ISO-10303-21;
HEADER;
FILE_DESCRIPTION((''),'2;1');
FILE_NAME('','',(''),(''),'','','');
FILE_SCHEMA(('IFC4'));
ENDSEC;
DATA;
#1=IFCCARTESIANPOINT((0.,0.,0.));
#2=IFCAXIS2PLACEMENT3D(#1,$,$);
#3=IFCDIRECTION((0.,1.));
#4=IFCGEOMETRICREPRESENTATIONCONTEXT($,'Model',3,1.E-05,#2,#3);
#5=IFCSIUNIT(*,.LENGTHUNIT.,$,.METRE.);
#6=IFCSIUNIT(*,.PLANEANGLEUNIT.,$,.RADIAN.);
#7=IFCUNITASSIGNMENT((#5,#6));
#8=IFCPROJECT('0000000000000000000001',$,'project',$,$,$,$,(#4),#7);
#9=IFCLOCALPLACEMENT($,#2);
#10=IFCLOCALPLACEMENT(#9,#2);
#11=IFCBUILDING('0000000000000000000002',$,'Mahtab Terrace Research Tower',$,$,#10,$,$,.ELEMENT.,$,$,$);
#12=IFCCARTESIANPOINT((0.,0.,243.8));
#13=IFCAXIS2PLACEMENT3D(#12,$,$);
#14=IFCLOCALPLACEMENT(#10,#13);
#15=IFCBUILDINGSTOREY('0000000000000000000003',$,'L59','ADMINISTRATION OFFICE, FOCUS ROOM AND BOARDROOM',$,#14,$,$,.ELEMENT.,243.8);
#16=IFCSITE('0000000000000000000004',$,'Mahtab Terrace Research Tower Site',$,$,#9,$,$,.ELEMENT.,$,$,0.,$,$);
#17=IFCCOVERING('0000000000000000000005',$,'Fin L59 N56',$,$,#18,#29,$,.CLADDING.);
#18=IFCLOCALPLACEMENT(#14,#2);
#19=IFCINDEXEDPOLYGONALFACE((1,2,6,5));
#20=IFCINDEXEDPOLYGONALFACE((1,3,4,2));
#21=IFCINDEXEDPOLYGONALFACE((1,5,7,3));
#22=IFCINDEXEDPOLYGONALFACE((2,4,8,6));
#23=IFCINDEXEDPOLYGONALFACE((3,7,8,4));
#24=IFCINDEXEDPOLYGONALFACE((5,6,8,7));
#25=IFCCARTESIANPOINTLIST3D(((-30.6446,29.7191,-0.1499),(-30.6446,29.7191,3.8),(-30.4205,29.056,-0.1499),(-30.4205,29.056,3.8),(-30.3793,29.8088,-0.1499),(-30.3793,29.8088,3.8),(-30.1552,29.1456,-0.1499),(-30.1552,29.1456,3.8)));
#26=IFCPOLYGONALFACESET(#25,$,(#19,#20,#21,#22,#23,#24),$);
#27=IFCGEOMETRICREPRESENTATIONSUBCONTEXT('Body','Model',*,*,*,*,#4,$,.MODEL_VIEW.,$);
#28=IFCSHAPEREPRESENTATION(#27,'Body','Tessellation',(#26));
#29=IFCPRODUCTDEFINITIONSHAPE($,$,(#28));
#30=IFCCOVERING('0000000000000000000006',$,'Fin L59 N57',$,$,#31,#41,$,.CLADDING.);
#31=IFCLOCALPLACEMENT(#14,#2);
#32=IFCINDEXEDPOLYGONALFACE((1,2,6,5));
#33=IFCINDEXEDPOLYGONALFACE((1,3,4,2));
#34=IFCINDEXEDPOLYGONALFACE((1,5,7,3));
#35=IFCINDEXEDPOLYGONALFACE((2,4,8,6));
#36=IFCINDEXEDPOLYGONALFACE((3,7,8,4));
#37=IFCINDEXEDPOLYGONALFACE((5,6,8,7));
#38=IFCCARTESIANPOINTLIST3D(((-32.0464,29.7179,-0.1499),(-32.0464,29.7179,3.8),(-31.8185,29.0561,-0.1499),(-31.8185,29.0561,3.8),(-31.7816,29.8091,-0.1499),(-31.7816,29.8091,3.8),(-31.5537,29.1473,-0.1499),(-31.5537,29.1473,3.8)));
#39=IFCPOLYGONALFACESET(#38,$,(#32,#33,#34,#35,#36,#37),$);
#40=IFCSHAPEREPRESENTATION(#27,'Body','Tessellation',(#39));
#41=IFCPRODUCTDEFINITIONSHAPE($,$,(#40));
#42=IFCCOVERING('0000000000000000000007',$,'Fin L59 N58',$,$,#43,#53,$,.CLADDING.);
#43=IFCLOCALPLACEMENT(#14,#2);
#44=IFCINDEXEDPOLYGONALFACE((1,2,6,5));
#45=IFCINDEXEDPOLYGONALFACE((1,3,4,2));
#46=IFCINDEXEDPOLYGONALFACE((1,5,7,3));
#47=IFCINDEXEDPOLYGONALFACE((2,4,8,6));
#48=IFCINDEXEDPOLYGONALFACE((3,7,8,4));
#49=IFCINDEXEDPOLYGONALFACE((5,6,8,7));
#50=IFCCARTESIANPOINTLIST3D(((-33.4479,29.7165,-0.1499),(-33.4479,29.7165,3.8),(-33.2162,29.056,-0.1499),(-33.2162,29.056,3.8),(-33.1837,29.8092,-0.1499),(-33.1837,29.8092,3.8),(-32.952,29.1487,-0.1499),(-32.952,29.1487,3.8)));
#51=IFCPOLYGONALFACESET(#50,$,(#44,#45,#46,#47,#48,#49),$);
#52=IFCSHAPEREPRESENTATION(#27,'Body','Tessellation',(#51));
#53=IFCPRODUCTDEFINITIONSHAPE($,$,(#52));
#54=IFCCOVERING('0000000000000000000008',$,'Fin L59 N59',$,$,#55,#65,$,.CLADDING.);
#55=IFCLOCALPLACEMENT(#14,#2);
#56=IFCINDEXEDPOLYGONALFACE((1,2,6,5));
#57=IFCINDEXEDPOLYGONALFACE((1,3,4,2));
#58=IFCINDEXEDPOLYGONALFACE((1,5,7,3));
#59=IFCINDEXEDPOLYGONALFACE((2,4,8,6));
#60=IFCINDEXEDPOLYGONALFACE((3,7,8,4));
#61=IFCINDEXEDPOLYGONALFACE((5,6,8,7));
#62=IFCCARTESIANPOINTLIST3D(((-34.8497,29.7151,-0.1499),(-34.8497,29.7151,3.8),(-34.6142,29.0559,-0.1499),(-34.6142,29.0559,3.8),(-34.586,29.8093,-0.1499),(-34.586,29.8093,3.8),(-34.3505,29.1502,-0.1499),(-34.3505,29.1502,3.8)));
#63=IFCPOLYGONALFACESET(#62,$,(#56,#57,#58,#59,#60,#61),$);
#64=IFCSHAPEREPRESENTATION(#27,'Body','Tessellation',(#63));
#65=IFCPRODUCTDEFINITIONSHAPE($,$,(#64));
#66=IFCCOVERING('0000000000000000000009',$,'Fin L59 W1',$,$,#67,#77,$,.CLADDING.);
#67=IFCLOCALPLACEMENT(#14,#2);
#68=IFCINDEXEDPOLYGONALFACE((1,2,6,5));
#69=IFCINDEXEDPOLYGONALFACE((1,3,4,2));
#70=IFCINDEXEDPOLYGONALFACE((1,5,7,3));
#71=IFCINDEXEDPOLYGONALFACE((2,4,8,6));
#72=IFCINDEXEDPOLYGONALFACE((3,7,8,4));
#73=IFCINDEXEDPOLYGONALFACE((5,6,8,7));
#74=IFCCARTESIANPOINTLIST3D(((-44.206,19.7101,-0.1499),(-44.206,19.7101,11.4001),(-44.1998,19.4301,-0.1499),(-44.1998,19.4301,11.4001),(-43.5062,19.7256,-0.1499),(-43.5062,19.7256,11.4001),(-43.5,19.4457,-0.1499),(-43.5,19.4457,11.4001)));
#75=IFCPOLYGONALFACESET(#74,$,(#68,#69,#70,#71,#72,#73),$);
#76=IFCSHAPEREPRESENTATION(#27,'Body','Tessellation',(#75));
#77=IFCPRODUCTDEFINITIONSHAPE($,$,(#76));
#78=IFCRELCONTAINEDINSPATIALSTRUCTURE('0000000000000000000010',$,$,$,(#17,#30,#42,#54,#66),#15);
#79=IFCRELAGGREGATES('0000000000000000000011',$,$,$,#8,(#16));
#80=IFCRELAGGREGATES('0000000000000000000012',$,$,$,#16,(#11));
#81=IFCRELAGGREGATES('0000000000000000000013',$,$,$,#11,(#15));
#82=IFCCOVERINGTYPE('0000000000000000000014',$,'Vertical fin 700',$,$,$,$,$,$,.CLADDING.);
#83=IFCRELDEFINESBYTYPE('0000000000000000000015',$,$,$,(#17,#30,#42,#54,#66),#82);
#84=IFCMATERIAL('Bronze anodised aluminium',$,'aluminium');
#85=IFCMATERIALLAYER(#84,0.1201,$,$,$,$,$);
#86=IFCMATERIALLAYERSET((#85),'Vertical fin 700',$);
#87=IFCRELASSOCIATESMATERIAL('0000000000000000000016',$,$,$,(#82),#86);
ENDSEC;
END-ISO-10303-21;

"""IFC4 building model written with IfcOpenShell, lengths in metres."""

from ifc_helpers import new_model, si_unit, direction, frame, origin, origin_2d, place, context, subcontext, project, spatial, rectangle, extrude, material, layer, layer_set, type_object, element, save


model = new_model("IFC4")

# Units and contexts
model_context = context("Model", 3, precision=1e-05, world=origin(), true_north=direction((0.0, 1.0)))
body_context = subcontext(model_context, "Body", "Model", "MODEL_VIEW")
ifc_project = project(units=[si_unit("LENGTHUNIT", "METRE"), si_unit("PLANEANGLEUNIT", "RADIAN")], contexts=[model_context])

# Site, building, storey
site_placement = place(None, origin())
site = spatial("IfcSite", under=ifc_project, at=site_placement, Name="Mahtab Terrace Research Tower Site", CompositionType="ELEMENT", RefElevation=0.0)
building_placement = place(site_placement, origin())
building = spatial("IfcBuilding", under=site, at=building_placement, Name="Mahtab Terrace Research Tower", CompositionType="ELEMENT")
storey_placement = place(building_placement, frame((0.0, 0.0, 243.8)))
storey = spatial("IfcBuildingStorey", under=building, at=storey_placement, Name="L59", Description="ADMINISTRATION OFFICE, FOCUS ROOM AND BOARDROOM", CompositionType="ELEMENT", Elevation=243.8)

# Coverings
ifc_material_1 = material(Name="Bronze anodised aluminium", Category="aluminium")
ifc_layer_1 = layer(ifc_material_1, 0.1201)
ifc_layer_set_1 = layer_set([ifc_layer_1], Name="Vertical fin 700")
covering_type_1 = type_object("IfcCoveringType", Name="Vertical fin 700", PredefinedType="CLADDING", material=ifc_layer_set_1)
for number, where, z_axis, x_axis, name in (
    (1, (-30.3999, 29.4324, -0.1499), (0.0, 0.0, 1.0), (-0.947397, -0.320062, 0.0), "Fin L59 N56"),
    (2, (-31.8, 29.4326, -0.1499), (0.0, 0.0, 1.0), (-0.945519, -0.325568, 0.0), "Fin L59 N57"),
    (3, (-33.2, 29.4326, -0.1499), (0.0, 0.0, 1.0), (-0.943609, -0.331063, 0.0), "Fin L59 N58"),
    (4, (-34.6001, 29.4326, -0.1499), (0.0, 0.0, 1.0), (-0.941666, -0.336547, 0.0), "Fin L59 N59"),
):
    element("IfcCovering", number, at=place(storey_placement, frame(where, z_axis=z_axis, x_axis=x_axis)), inside=storey, type_object=covering_type_1, Name=name, PredefinedType="CLADDING", context=body_context, shape_type="SweptSolid", body=[
        extrude(rectangle(XDim=0.28, YDim=0.7, at=origin_2d()), origin(), (0.0, 0.0, 1.0), 3.95),
    ])
covering_placement = place(storey_placement, frame((-43.853, 19.5779, -0.1499), z_axis=(0.0, 0.0, 1.0), x_axis=(0.022191, -0.999754, 0.0)))
element("IfcCovering", 5, at=covering_placement, inside=storey, type_object=covering_type_1, Name="Fin L59 W1", PredefinedType="CLADDING", context=body_context, shape_type="SweptSolid", body=[
    extrude(rectangle(XDim=0.28, YDim=0.7, at=origin_2d()), origin(), (0.0, 0.0, 1.0), 11.55),
])

save(model, "model.ifc")
